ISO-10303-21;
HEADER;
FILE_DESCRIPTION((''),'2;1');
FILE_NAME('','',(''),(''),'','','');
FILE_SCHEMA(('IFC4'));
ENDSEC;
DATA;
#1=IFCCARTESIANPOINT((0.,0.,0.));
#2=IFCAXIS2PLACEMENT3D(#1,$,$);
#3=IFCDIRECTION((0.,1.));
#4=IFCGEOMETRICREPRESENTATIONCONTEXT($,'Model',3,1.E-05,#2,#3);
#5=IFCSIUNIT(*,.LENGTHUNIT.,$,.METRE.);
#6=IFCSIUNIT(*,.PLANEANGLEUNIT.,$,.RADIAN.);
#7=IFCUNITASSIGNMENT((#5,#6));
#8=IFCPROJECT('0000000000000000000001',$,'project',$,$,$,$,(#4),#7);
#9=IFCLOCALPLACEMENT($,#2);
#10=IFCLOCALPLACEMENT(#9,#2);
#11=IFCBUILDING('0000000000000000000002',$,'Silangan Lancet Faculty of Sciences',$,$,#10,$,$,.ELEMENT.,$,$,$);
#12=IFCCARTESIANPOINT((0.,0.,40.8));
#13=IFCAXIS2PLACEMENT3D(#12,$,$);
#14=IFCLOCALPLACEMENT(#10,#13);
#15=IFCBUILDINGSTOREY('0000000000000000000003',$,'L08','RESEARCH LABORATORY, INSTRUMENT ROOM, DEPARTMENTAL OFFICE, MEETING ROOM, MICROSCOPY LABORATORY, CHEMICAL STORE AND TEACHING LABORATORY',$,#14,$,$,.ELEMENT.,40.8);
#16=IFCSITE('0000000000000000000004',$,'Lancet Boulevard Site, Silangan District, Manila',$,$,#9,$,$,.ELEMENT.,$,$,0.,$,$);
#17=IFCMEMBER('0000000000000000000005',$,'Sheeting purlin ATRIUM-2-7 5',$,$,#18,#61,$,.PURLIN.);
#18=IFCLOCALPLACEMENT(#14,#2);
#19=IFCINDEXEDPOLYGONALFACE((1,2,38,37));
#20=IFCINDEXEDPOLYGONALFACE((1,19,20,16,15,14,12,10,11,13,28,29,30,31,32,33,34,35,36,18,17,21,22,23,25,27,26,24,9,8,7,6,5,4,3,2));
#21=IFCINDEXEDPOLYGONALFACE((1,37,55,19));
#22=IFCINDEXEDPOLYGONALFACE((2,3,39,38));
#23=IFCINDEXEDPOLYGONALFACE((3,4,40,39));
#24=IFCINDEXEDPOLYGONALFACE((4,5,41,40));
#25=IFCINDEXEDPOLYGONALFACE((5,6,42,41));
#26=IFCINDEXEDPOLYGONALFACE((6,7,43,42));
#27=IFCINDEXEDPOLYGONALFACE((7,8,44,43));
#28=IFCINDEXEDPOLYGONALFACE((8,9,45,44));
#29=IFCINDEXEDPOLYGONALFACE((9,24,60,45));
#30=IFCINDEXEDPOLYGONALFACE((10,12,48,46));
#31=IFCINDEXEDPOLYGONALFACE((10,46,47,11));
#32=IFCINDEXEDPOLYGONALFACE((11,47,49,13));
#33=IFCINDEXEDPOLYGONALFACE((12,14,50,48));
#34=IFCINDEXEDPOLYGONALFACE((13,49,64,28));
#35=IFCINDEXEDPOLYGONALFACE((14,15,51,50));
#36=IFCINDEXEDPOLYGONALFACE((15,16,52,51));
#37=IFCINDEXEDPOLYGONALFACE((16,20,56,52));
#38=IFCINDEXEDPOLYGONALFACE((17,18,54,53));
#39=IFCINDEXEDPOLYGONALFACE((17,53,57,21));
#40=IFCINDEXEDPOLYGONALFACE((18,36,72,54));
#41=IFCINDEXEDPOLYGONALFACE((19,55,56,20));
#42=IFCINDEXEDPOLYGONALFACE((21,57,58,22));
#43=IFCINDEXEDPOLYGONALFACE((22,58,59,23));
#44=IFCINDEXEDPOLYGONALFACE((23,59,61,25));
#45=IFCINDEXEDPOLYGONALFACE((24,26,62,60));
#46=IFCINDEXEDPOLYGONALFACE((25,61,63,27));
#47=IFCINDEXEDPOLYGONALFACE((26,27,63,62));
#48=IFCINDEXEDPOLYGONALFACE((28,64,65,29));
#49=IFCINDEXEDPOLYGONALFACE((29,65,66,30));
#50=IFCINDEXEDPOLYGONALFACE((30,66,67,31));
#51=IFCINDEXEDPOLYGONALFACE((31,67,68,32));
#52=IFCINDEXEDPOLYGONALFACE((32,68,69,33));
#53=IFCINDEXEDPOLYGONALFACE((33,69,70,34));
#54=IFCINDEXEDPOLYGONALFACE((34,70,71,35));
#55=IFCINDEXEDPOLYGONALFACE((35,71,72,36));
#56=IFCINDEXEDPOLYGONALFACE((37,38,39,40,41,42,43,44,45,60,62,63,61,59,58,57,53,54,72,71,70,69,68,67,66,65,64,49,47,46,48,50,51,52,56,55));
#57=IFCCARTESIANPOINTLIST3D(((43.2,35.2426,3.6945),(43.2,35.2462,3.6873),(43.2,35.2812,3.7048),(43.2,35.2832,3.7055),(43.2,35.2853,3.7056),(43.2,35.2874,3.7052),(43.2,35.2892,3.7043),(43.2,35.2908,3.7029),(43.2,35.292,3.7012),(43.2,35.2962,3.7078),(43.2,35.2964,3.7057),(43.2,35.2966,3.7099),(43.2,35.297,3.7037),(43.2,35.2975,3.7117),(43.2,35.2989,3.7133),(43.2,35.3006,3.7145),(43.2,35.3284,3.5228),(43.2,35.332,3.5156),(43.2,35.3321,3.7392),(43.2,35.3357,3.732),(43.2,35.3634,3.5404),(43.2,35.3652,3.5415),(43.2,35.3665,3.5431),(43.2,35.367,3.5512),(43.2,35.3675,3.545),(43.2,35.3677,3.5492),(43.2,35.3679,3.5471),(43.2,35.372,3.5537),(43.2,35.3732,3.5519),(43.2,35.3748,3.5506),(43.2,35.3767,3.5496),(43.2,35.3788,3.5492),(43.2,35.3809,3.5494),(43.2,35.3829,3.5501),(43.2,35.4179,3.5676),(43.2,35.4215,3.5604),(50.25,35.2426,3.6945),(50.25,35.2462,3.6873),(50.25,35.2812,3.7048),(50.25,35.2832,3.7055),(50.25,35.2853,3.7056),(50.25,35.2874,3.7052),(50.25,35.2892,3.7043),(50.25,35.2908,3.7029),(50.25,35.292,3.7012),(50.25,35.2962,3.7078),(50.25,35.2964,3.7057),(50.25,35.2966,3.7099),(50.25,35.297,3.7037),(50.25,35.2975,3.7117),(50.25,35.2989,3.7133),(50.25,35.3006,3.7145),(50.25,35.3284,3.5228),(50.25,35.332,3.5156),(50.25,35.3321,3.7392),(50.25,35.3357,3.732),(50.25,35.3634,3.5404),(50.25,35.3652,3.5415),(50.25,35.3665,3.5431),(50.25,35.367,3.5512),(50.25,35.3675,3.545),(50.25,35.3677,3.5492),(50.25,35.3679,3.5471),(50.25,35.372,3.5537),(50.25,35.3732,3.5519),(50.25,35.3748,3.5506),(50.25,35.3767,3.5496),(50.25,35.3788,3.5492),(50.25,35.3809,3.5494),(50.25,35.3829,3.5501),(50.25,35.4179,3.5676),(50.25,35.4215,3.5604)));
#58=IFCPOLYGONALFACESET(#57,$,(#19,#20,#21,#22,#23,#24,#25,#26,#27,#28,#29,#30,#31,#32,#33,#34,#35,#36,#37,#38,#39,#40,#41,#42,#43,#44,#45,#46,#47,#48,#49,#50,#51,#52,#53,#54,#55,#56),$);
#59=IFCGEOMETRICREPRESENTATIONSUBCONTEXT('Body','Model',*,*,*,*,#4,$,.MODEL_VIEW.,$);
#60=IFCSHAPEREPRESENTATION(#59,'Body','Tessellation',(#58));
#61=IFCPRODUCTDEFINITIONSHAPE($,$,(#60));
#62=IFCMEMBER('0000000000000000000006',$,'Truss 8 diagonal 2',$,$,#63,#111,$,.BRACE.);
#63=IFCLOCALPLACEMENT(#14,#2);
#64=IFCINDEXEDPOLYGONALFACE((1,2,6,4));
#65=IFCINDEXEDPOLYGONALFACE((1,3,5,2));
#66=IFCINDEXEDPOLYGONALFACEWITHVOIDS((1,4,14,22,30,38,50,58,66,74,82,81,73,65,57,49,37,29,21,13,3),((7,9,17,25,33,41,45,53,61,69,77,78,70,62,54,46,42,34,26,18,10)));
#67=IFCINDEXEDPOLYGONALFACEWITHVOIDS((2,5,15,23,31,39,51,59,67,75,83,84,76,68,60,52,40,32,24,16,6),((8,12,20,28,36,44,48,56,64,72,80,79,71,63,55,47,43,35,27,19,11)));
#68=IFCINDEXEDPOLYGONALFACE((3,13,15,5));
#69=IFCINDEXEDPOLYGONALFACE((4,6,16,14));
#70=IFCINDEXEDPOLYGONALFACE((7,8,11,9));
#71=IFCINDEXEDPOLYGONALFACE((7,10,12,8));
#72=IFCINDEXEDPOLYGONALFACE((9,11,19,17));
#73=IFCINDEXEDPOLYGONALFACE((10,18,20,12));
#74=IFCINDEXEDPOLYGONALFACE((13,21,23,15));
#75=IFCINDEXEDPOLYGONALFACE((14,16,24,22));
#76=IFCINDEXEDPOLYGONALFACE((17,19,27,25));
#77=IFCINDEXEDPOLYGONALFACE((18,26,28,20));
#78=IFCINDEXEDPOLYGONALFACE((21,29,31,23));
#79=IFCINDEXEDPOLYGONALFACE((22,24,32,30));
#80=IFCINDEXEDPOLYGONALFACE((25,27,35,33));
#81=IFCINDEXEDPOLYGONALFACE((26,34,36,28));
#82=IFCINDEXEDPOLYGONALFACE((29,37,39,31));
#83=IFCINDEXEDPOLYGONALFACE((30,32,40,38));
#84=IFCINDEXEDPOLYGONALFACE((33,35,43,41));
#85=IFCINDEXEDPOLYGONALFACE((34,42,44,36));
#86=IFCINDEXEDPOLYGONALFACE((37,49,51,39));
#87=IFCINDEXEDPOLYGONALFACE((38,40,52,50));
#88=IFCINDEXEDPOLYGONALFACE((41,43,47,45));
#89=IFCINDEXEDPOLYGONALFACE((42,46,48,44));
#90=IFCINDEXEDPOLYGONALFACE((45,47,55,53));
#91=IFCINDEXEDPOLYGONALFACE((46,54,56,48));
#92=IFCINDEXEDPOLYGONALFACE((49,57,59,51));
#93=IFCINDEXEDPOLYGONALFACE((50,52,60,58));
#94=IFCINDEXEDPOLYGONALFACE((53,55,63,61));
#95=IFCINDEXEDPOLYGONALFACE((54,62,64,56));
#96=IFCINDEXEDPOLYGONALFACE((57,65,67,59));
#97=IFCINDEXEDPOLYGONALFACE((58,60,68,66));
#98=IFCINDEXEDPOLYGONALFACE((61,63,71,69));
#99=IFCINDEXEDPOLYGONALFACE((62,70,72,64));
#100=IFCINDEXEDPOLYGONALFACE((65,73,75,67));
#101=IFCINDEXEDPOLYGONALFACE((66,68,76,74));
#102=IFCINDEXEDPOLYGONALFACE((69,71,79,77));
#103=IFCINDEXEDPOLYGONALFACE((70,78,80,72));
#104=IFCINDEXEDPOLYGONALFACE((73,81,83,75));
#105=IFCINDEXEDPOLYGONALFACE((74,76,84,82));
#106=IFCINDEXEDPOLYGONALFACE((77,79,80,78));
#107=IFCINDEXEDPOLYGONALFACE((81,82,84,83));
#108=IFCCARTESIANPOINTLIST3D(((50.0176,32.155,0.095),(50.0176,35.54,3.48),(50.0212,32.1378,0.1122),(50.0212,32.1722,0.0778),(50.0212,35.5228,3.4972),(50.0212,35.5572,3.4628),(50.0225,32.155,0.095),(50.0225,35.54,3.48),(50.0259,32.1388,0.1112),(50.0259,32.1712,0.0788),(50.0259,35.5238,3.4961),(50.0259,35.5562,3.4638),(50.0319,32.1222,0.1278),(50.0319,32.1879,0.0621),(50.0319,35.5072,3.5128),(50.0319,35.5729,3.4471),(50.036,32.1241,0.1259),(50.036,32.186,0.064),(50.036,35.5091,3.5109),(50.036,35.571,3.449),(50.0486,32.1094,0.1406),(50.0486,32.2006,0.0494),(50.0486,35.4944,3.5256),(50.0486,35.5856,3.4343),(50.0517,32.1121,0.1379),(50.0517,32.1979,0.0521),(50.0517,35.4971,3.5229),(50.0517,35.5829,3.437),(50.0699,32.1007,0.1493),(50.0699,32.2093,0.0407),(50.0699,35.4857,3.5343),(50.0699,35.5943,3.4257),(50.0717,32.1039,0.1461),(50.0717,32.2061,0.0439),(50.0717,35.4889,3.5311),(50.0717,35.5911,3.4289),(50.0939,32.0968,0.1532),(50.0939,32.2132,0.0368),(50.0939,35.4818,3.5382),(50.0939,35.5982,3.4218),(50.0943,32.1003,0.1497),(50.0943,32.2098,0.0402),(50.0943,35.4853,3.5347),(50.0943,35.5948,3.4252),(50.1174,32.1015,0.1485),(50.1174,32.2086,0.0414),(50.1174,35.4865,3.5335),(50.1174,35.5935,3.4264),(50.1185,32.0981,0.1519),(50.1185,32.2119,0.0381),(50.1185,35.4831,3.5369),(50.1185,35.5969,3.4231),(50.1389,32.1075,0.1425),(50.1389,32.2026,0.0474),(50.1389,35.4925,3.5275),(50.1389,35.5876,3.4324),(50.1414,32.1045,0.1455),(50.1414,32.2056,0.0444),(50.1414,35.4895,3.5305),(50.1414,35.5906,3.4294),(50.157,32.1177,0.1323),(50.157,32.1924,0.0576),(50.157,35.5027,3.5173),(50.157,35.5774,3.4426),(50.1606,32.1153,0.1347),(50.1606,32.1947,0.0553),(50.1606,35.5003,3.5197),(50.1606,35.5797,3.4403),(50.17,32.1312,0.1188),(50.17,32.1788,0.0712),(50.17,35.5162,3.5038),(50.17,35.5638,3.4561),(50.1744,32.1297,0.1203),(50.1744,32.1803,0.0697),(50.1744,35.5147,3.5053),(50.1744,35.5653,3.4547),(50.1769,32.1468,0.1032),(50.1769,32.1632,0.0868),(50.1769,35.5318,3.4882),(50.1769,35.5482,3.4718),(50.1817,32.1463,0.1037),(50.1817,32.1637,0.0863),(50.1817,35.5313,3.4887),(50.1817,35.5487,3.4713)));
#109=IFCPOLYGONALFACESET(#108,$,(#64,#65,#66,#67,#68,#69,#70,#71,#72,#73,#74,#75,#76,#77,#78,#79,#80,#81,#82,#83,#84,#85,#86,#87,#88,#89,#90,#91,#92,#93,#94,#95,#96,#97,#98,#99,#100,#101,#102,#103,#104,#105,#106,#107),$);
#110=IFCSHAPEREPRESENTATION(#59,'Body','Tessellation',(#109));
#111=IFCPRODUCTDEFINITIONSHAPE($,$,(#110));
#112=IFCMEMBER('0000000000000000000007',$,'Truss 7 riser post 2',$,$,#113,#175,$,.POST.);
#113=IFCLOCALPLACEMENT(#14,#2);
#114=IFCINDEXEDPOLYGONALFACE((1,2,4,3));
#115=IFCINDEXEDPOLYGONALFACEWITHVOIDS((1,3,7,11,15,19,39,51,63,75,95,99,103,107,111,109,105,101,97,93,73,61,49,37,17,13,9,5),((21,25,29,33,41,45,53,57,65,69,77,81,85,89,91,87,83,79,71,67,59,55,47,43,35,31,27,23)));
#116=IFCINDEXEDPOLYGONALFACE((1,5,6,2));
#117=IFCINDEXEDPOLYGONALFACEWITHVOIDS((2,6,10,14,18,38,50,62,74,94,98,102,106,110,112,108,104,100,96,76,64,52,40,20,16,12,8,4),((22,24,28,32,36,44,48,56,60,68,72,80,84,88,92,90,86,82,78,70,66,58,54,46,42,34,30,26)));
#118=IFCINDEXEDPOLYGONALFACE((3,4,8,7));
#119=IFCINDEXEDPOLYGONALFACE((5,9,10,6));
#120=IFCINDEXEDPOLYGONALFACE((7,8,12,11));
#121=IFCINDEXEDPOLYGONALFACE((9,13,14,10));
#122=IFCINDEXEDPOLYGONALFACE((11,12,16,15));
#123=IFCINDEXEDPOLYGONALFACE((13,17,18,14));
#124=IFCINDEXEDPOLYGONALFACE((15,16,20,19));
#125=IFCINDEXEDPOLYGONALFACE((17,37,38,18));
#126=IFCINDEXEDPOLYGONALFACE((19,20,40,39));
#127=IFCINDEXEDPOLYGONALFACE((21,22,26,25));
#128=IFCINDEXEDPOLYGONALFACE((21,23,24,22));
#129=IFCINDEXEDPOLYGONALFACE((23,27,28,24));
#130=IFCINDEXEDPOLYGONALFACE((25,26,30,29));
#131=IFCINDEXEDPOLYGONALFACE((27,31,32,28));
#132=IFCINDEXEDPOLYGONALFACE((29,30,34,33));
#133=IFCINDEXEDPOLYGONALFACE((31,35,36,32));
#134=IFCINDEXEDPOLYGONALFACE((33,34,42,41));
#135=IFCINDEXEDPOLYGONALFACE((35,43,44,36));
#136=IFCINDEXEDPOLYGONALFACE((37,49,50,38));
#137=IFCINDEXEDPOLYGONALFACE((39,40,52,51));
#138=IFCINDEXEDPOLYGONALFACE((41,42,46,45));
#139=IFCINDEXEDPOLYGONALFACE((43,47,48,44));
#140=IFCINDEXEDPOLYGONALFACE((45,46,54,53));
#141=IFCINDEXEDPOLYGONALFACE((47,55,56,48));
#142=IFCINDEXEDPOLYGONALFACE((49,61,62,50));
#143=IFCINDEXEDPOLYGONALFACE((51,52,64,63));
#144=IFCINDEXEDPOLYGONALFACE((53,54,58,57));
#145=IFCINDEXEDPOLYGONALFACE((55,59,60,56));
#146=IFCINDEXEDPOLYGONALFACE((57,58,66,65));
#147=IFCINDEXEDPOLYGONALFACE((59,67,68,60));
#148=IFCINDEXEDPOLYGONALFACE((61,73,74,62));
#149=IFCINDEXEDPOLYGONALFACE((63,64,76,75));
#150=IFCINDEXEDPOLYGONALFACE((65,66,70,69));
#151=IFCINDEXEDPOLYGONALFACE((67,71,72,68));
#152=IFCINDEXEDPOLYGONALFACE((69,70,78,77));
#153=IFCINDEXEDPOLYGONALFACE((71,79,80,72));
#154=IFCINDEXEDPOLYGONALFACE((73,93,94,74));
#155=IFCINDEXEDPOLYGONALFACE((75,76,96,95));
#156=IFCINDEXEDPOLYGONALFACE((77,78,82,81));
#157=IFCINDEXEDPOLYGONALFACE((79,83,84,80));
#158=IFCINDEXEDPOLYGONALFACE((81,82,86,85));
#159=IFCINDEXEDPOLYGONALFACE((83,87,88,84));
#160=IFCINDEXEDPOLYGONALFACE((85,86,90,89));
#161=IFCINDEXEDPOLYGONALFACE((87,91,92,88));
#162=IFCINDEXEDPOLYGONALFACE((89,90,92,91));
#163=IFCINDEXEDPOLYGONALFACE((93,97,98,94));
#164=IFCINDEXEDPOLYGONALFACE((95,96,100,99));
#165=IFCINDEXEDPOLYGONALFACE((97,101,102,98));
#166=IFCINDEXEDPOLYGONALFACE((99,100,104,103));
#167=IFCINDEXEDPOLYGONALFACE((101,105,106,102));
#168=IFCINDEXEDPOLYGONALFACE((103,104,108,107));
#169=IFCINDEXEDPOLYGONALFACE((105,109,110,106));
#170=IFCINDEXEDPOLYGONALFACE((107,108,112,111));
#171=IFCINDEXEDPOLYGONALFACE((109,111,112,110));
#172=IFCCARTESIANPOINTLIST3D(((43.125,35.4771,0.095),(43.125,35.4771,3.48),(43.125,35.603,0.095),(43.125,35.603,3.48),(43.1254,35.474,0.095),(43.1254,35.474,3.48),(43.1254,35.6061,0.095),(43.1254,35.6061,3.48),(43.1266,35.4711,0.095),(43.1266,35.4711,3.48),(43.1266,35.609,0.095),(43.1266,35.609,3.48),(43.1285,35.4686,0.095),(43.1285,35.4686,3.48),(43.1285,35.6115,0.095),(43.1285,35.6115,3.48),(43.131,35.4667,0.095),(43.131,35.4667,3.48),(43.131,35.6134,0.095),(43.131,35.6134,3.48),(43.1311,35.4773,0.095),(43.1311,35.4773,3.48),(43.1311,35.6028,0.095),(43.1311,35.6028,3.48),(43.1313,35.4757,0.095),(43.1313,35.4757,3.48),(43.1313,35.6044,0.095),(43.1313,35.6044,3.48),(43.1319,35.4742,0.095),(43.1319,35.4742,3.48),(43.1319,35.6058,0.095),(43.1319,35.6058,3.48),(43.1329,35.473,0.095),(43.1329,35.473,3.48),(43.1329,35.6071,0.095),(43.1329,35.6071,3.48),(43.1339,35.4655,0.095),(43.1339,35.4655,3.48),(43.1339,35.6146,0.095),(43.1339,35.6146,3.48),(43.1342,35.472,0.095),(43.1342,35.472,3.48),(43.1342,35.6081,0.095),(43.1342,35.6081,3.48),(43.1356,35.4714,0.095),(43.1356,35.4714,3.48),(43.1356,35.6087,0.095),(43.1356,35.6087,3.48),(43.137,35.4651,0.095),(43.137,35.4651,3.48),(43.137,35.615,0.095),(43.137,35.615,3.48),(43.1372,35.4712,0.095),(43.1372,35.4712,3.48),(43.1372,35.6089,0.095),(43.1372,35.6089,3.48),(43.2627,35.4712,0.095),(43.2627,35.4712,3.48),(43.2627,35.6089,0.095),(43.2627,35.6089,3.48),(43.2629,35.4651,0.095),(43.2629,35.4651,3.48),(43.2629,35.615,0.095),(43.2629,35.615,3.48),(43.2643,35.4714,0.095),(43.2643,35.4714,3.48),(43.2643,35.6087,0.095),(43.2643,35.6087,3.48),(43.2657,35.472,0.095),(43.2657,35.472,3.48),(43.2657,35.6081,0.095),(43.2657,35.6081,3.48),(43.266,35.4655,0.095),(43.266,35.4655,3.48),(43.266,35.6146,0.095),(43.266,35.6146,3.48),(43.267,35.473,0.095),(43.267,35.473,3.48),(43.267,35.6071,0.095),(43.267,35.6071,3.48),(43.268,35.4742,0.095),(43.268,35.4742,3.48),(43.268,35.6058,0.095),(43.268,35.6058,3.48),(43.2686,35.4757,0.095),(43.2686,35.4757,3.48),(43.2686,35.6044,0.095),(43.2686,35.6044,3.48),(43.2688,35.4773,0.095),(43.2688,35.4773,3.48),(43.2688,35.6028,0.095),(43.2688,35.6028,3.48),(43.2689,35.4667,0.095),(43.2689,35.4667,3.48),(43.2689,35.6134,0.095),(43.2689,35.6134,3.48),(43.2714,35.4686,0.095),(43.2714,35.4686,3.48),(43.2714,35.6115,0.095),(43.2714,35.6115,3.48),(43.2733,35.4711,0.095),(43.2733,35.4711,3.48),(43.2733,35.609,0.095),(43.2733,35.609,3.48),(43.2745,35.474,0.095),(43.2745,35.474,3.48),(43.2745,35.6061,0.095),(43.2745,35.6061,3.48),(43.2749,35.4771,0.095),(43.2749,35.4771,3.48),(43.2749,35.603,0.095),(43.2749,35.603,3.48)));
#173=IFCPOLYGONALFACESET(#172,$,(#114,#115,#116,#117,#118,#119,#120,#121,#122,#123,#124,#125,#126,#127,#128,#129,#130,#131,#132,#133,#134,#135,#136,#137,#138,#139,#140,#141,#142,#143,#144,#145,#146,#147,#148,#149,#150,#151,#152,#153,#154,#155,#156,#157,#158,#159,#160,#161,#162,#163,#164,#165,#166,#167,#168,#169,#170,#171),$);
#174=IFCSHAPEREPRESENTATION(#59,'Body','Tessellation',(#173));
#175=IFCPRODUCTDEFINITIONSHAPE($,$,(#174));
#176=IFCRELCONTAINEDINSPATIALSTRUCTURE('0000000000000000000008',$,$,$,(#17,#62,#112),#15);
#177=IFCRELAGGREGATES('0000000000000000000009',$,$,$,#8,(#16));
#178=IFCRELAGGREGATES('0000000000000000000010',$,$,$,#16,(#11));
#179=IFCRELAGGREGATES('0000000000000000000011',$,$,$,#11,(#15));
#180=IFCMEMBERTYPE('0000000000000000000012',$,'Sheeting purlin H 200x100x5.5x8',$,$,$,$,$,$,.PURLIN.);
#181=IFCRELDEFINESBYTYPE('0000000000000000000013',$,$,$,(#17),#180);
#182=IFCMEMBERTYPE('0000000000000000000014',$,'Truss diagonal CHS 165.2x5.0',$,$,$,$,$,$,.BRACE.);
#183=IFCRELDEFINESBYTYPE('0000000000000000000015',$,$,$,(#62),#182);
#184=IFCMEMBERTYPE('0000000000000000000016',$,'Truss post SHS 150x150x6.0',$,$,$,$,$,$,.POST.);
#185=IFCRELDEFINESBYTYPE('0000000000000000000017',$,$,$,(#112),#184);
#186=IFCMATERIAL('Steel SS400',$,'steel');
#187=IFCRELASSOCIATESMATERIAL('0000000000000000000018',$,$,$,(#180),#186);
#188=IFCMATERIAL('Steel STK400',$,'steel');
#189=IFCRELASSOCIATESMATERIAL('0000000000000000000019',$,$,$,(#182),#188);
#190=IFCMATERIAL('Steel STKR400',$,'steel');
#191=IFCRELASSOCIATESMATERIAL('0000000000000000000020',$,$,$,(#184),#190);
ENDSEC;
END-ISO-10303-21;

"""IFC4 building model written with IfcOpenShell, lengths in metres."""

from ifc_helpers import new_model, si_unit, direction, frame, origin, origin_2d, place, context, subcontext, project, spatial, hollow_rectangle, hollow_circle, i_section, extrude, material, material_profile, profile_set, type_object, element, save


model = new_model("IFC4")

# Units and contexts
model_context = context("Model", 3, precision=1e-05, world=origin(), true_north=direction((0.0, 1.0)))
body_context = subcontext(model_context, "Body", "Model", "MODEL_VIEW")
ifc_project = project(units=[si_unit("LENGTHUNIT", "METRE"), si_unit("PLANEANGLEUNIT", "RADIAN")], contexts=[model_context])

# Site, building, storey
site_placement = place(None, origin())
site = spatial("IfcSite", under=ifc_project, at=site_placement, Name="Lancet Boulevard Site, Silangan District, Manila", CompositionType="ELEMENT", RefElevation=0.0)
building_placement = place(site_placement, origin())
building = spatial("IfcBuilding", under=site, at=building_placement, Name="Silangan Lancet Faculty of Sciences", CompositionType="ELEMENT")
storey_placement = place(building_placement, frame((0.0, 0.0, 40.8)))
storey = spatial("IfcBuildingStorey", under=building, at=storey_placement, Name="L08", Description="RESEARCH LABORATORY, INSTRUMENT ROOM, DEPARTMENTAL OFFICE, MEETING ROOM, MICROSCOPY LABORATORY, CHEMICAL STORE AND TEACHING LABORATORY", CompositionType="ELEMENT", Elevation=40.8)

# Members
ifc_material_1 = material(Name="Steel SS400", Category="steel")
ifc_material_profile_1 = material_profile(ifc_material_1, i_section(OverallWidth=0.1001, OverallDepth=0.2, WebThickness=0.0056, FlangeThickness=0.0081, FilletRadius=0.0081, at=origin_2d()), Name="H 200x100x5.5x8")
ifc_profile_set_1 = profile_set([ifc_material_profile_1], Name="Steel SS400")
member_type_1 = type_object("IfcMemberType", Name="Sheeting purlin H 200x100x5.5x8", PredefinedType="PURLIN", material=ifc_profile_set_1)
for number, where, z_axis, x_axis, name in (
    (1, (43.2, 35.332, 3.6274), (1.0, 0.0, 0.0), (0.0, 0.894427, 0.447214), "Sheeting purlin ATRIUM-2-7 5"),
):
    element("IfcMember", number, at=place(storey_placement, frame(where, z_axis=z_axis, x_axis=x_axis)), inside=storey, type_object=member_type_1, Name=name, PredefinedType="PURLIN", context=body_context, shape_type="SweptSolid", body=[
        extrude(i_section(OverallWidth=0.1001, OverallDepth=0.2, WebThickness=0.0056, FlangeThickness=0.0081, FilletRadius=0.0081, at=origin_2d()), origin(), (0.0, 0.0, 1.0), 7.05),
    ])
ifc_material_2 = material(Name="Steel STK400", Category="steel")
ifc_material_profile_2 = material_profile(ifc_material_2, hollow_circle(Radius=0.0825, WallThickness=0.0049, at=origin_2d()), Name="CHS 165.2x5.0")
ifc_profile_set_2 = profile_set([ifc_material_profile_2], Name="Steel STK400")
member_type_2 = type_object("IfcMemberType", Name="Truss diagonal CHS 165.2x5.0", PredefinedType="BRACE", material=ifc_profile_set_2)
member_1_placement = place(storey_placement, frame((50.1001, 32.155, 0.095), z_axis=(0.0, 0.707107, 0.707107), x_axis=(-1.0, 0.0, 0.0)))
element("IfcMember", 2, at=member_1_placement, inside=storey, type_object=member_type_2, Name="Truss 8 diagonal 2", PredefinedType="BRACE", context=body_context, shape_type="SweptSolid", body=[
    extrude(hollow_circle(Radius=0.0825, WallThickness=0.0049, at=origin_2d()), origin(), (0.0, 0.0, 1.0), 4.7871),
])
ifc_material_3 = material(Name="Steel STKR400", Category="steel")
ifc_material_profile_3 = material_profile(ifc_material_3, hollow_rectangle(XDim=0.1499, YDim=0.1499, WallThickness=0.0061, InnerFilletRadius=0.0061, OuterFilletRadius=0.012, at=origin_2d()), Name="SHS 150x150x6.0")
ifc_profile_set_3 = profile_set([ifc_material_profile_3], Name="Steel STKR400")
member_type_3 = type_object("IfcMemberType", Name="Truss post SHS 150x150x6.0", PredefinedType="POST", material=ifc_profile_set_3)
for number, where, z_axis, x_axis, name in (
    (3, (43.2, 35.54, 0.095), (0.0, 0.0, 1.0), (1.0, 0.0, 0.0), "Truss 7 riser post 2"),
):
    element("IfcMember", number, at=place(storey_placement, frame(where, z_axis=z_axis, x_axis=x_axis)), inside=storey, type_object=member_type_3, Name=name, PredefinedType="POST", context=body_context, shape_type="SweptSolid", body=[
        extrude(hollow_rectangle(XDim=0.1499, YDim=0.1499, WallThickness=0.0061, InnerFilletRadius=0.0061, OuterFilletRadius=0.012, at=origin_2d()), origin(), (0.0, 0.0, 1.0), 3.385),
    ])

save(model, "model.ifc")
